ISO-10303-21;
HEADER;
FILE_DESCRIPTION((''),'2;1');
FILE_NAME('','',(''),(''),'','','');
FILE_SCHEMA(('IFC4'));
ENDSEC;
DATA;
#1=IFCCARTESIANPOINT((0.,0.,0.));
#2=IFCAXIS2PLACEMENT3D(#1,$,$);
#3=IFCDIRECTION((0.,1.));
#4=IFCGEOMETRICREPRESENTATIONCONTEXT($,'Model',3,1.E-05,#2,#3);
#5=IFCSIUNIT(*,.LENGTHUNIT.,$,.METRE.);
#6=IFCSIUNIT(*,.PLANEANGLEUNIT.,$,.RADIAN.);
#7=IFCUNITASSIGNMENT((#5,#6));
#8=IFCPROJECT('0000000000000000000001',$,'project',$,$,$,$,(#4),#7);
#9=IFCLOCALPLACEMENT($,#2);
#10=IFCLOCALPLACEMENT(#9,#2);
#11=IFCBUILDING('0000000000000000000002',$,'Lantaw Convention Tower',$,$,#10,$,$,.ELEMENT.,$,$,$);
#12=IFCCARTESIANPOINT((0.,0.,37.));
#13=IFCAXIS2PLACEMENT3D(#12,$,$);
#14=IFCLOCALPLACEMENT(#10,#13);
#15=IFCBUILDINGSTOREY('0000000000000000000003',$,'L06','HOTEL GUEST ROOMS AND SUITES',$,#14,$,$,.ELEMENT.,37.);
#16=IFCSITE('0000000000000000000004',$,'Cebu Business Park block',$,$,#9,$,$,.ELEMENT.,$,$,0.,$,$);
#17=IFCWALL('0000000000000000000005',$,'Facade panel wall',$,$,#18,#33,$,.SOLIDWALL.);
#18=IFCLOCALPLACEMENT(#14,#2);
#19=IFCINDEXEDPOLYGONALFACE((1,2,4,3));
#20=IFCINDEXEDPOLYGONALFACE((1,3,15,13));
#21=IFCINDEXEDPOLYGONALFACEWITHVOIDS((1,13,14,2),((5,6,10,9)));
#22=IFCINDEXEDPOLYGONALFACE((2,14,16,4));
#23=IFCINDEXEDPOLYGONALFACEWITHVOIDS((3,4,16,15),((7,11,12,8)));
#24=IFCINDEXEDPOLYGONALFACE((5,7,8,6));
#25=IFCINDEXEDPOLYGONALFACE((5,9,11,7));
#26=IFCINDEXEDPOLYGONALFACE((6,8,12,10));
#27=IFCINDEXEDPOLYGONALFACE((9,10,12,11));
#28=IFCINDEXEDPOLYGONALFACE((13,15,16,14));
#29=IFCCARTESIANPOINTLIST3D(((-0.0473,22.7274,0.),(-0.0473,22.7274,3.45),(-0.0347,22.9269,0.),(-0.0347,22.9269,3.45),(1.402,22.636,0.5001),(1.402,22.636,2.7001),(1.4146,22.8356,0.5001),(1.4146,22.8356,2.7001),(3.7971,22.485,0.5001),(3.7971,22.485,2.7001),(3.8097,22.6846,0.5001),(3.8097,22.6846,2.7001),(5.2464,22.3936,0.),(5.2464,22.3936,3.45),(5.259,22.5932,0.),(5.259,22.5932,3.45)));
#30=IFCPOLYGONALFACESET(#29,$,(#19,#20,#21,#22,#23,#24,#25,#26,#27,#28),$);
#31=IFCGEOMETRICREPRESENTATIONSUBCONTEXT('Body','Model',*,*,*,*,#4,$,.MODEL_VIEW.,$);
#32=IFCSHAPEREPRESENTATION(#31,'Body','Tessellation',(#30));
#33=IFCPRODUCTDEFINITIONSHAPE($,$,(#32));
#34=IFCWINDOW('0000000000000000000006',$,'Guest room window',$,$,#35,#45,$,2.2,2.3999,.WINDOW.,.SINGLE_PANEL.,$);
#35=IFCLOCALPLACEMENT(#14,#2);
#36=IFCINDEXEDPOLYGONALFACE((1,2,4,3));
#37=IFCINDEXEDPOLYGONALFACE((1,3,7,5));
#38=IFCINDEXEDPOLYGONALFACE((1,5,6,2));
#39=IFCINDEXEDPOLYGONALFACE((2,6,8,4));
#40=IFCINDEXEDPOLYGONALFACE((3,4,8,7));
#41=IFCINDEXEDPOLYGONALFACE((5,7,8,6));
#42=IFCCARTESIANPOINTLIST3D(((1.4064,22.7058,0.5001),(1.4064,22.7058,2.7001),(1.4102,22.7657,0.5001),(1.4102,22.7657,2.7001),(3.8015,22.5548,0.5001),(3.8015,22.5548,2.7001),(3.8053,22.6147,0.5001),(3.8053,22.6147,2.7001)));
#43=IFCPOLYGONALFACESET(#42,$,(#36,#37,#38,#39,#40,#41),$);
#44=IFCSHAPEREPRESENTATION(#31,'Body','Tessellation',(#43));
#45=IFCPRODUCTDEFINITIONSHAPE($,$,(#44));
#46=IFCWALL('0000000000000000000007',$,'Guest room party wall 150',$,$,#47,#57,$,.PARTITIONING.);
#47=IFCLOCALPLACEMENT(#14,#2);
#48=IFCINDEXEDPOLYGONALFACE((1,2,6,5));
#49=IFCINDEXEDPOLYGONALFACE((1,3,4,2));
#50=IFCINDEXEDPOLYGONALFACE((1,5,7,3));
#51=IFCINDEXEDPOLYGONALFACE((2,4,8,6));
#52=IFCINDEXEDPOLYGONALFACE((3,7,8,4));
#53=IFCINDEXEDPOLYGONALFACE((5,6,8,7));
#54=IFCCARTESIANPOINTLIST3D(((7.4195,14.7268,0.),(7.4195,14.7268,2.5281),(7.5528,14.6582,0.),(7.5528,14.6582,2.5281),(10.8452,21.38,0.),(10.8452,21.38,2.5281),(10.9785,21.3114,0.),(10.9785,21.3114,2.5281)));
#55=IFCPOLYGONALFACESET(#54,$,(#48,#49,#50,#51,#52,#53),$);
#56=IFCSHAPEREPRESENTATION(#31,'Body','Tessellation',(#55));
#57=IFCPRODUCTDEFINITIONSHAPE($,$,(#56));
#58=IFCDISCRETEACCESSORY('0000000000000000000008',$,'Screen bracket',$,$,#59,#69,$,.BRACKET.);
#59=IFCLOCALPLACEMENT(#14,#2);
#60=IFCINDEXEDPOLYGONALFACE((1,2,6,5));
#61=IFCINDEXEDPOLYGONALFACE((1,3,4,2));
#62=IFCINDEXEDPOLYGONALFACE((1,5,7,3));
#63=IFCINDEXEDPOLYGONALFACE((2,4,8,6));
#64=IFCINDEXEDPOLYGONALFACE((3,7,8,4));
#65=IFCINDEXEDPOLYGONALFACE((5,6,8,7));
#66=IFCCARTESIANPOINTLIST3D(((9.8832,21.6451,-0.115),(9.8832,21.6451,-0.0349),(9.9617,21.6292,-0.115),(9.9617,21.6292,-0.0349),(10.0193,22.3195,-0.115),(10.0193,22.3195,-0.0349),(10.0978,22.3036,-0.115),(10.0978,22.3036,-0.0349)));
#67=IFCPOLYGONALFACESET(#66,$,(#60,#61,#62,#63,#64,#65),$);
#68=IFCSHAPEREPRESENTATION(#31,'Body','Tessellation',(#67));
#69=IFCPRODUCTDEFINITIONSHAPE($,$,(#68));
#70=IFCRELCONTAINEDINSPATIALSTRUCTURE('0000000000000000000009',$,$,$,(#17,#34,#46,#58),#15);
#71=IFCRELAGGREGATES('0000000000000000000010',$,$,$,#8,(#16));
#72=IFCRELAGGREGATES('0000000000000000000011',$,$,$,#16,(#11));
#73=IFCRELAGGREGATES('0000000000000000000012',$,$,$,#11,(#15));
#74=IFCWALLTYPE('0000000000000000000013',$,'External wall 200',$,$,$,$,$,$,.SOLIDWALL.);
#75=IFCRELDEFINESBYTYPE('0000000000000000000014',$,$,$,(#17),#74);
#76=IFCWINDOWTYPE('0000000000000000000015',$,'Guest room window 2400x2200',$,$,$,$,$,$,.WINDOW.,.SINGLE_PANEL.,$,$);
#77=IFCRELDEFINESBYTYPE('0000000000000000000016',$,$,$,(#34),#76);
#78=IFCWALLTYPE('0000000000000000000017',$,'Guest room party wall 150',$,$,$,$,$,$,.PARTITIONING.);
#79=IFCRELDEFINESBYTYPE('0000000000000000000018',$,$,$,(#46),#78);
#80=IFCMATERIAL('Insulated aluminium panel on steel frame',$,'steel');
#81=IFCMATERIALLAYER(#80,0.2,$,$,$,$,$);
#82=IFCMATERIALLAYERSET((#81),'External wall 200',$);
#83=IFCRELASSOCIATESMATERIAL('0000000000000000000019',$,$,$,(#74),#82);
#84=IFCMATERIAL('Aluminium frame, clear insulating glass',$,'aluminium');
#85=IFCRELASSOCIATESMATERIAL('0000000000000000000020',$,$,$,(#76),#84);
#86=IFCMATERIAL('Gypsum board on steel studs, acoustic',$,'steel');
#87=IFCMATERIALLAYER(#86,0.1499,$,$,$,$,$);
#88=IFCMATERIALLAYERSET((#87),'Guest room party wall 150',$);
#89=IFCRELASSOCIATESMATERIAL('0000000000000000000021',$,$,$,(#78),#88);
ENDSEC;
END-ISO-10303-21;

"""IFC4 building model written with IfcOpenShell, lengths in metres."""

from ifc_helpers import new_model, si_unit, direction, frame, frame_2d, origin, origin_2d, place, context, subcontext, project, spatial, rectangle, extrude, material, layer, layer_set, type_object, element, fill, save


model = new_model("IFC4")

# Units and contexts
model_context = context("Model", 3, precision=1e-05, world=origin(), true_north=direction((0.0, 1.0)))
body_context = subcontext(model_context, "Body", "Model", "MODEL_VIEW")
ifc_project = project(units=[si_unit("LENGTHUNIT", "METRE"), si_unit("PLANEANGLEUNIT", "RADIAN")], contexts=[model_context])

# Site, building, storey
site_placement = place(None, origin())
site = spatial("IfcSite", under=ifc_project, at=site_placement, Name="Cebu Business Park block", CompositionType="ELEMENT", RefElevation=0.0)
building_placement = place(site_placement, origin())
building = spatial("IfcBuilding", under=site, at=building_placement, Name="Lantaw Convention Tower", CompositionType="ELEMENT")
storey_placement = place(building_placement, frame((0.0, 0.0, 37.0)))
storey = spatial("IfcBuildingStorey", under=building, at=storey_placement, Name="L06", Description="HOTEL GUEST ROOMS AND SUITES", CompositionType="ELEMENT", Elevation=37.0)

# Wall, opening, window
ifc_material_1 = material(Name="Insulated aluminium panel on steel frame", Category="steel")
ifc_layer_1 = layer(ifc_material_1, 0.2)
ifc_layer_set_1 = layer_set([ifc_layer_1], Name="External wall 200")
wall_type_1 = type_object("IfcWallType", Name="External wall 200", PredefinedType="SOLIDWALL", material=ifc_layer_set_1)
ifc_material_2 = material(Name="Aluminium frame, clear insulating glass", Category="aluminium")
window_type = type_object("IfcWindowType", Name="Guest room window 2400x2200", PartitioningType="SINGLE_PANEL", PredefinedType="WINDOW", material=ifc_material_2)
wall_1_placement = place(storey_placement, frame((5.2527, 22.4934, 0.0), z_axis=(0.0, 0.0, 1.0), x_axis=(-0.998019, 0.06292, 0.0)))
wall_1 = element("IfcWall", 1, at=wall_1_placement, inside=storey, type_object=wall_type_1, Name="Facade panel wall", PredefinedType="SOLIDWALL", context=body_context, shape_type="SweptSolid", body=[
    extrude(rectangle(XDim=5.3042, YDim=0.2, at=frame_2d((2.6521, 0.0))), origin(), (0.0, 0.0, 1.0), 3.45),
])
opening_1_placement = place(wall_1_placement, frame((1.4521, 0.0, 0.5)))
opening_1 = element("IfcOpeningElement", 2, at=opening_1_placement, cuts=wall_1, PredefinedType="OPENING", context=body_context, shape_type="SweptSolid", body=[
    extrude(rectangle(XDim=2.3999, YDim=2.2, at=frame_2d((1.2, 1.1001))), frame((0.0, 0.1099, 0.0), z_axis=(0.0, -1.0, 0.0), x_axis=(1.0, 0.0, 0.0)), (0.0, 0.0, 1.0), 0.22),
])
window_1_placement = place(opening_1_placement, origin())
window_1 = element("IfcWindow", 3, at=window_1_placement, inside=storey, type_object=window_type, Name="Guest room window", OverallHeight=2.2, OverallWidth=2.3999, PartitioningType="SINGLE_PANEL", PredefinedType="WINDOW", context=body_context, shape_type="SweptSolid", body=[
    extrude(rectangle(XDim=2.3999, YDim=2.2, at=frame_2d((1.2, 1.1001))), frame((0.0, 0.03, 0.0), z_axis=(0.0, -1.0, 0.0), x_axis=(1.0, 0.0, 0.0)), (0.0, 0.0, 1.0), 0.0601),
])
fill(opening_1, window_1)

# Wall
ifc_material_3 = material(Name="Gypsum board on steel studs, acoustic", Category="steel")
ifc_layer_2 = layer(ifc_material_3, 0.1499)
ifc_layer_set_2 = layer_set([ifc_layer_2], Name="Guest room party wall 150")
wall_type_2 = type_object("IfcWallType", Name="Guest room party wall 150", PredefinedType="PARTITIONING", material=ifc_layer_set_2)
wall_2_placement = place(storey_placement, frame((10.9119, 21.3457, 0.0), z_axis=(0.0, 0.0, 1.0), x_axis=(-0.457778, -0.889066, 0.0)))
element("IfcWall", 4, at=wall_2_placement, inside=storey, type_object=wall_type_2, Name="Guest room party wall 150", PredefinedType="PARTITIONING", context=body_context, shape_type="SweptSolid", body=[
    extrude(rectangle(XDim=7.4834, YDim=0.1499, at=frame_2d((3.7417, 0.0))), origin(), (0.0, 0.0, 1.0), 2.5281),
])

# Discrete accessory
discrete_accessory_placement = place(storey_placement, frame((9.9905, 21.9744, -0.115), z_axis=(0.0, 0.0, 1.0), x_axis=(-0.980245, 0.197789, 0.0)))
element("IfcDiscreteAccessory", 5, at=discrete_accessory_placement, inside=storey, Name="Screen bracket", PredefinedType="BRACKET", context=body_context, shape_type="SweptSolid", body=[
    extrude(rectangle(XDim=0.0801, YDim=0.688, at=origin_2d()), origin(), (0.0, 0.0, 1.0), 0.0801),
])

save(model, "model.ifc")
